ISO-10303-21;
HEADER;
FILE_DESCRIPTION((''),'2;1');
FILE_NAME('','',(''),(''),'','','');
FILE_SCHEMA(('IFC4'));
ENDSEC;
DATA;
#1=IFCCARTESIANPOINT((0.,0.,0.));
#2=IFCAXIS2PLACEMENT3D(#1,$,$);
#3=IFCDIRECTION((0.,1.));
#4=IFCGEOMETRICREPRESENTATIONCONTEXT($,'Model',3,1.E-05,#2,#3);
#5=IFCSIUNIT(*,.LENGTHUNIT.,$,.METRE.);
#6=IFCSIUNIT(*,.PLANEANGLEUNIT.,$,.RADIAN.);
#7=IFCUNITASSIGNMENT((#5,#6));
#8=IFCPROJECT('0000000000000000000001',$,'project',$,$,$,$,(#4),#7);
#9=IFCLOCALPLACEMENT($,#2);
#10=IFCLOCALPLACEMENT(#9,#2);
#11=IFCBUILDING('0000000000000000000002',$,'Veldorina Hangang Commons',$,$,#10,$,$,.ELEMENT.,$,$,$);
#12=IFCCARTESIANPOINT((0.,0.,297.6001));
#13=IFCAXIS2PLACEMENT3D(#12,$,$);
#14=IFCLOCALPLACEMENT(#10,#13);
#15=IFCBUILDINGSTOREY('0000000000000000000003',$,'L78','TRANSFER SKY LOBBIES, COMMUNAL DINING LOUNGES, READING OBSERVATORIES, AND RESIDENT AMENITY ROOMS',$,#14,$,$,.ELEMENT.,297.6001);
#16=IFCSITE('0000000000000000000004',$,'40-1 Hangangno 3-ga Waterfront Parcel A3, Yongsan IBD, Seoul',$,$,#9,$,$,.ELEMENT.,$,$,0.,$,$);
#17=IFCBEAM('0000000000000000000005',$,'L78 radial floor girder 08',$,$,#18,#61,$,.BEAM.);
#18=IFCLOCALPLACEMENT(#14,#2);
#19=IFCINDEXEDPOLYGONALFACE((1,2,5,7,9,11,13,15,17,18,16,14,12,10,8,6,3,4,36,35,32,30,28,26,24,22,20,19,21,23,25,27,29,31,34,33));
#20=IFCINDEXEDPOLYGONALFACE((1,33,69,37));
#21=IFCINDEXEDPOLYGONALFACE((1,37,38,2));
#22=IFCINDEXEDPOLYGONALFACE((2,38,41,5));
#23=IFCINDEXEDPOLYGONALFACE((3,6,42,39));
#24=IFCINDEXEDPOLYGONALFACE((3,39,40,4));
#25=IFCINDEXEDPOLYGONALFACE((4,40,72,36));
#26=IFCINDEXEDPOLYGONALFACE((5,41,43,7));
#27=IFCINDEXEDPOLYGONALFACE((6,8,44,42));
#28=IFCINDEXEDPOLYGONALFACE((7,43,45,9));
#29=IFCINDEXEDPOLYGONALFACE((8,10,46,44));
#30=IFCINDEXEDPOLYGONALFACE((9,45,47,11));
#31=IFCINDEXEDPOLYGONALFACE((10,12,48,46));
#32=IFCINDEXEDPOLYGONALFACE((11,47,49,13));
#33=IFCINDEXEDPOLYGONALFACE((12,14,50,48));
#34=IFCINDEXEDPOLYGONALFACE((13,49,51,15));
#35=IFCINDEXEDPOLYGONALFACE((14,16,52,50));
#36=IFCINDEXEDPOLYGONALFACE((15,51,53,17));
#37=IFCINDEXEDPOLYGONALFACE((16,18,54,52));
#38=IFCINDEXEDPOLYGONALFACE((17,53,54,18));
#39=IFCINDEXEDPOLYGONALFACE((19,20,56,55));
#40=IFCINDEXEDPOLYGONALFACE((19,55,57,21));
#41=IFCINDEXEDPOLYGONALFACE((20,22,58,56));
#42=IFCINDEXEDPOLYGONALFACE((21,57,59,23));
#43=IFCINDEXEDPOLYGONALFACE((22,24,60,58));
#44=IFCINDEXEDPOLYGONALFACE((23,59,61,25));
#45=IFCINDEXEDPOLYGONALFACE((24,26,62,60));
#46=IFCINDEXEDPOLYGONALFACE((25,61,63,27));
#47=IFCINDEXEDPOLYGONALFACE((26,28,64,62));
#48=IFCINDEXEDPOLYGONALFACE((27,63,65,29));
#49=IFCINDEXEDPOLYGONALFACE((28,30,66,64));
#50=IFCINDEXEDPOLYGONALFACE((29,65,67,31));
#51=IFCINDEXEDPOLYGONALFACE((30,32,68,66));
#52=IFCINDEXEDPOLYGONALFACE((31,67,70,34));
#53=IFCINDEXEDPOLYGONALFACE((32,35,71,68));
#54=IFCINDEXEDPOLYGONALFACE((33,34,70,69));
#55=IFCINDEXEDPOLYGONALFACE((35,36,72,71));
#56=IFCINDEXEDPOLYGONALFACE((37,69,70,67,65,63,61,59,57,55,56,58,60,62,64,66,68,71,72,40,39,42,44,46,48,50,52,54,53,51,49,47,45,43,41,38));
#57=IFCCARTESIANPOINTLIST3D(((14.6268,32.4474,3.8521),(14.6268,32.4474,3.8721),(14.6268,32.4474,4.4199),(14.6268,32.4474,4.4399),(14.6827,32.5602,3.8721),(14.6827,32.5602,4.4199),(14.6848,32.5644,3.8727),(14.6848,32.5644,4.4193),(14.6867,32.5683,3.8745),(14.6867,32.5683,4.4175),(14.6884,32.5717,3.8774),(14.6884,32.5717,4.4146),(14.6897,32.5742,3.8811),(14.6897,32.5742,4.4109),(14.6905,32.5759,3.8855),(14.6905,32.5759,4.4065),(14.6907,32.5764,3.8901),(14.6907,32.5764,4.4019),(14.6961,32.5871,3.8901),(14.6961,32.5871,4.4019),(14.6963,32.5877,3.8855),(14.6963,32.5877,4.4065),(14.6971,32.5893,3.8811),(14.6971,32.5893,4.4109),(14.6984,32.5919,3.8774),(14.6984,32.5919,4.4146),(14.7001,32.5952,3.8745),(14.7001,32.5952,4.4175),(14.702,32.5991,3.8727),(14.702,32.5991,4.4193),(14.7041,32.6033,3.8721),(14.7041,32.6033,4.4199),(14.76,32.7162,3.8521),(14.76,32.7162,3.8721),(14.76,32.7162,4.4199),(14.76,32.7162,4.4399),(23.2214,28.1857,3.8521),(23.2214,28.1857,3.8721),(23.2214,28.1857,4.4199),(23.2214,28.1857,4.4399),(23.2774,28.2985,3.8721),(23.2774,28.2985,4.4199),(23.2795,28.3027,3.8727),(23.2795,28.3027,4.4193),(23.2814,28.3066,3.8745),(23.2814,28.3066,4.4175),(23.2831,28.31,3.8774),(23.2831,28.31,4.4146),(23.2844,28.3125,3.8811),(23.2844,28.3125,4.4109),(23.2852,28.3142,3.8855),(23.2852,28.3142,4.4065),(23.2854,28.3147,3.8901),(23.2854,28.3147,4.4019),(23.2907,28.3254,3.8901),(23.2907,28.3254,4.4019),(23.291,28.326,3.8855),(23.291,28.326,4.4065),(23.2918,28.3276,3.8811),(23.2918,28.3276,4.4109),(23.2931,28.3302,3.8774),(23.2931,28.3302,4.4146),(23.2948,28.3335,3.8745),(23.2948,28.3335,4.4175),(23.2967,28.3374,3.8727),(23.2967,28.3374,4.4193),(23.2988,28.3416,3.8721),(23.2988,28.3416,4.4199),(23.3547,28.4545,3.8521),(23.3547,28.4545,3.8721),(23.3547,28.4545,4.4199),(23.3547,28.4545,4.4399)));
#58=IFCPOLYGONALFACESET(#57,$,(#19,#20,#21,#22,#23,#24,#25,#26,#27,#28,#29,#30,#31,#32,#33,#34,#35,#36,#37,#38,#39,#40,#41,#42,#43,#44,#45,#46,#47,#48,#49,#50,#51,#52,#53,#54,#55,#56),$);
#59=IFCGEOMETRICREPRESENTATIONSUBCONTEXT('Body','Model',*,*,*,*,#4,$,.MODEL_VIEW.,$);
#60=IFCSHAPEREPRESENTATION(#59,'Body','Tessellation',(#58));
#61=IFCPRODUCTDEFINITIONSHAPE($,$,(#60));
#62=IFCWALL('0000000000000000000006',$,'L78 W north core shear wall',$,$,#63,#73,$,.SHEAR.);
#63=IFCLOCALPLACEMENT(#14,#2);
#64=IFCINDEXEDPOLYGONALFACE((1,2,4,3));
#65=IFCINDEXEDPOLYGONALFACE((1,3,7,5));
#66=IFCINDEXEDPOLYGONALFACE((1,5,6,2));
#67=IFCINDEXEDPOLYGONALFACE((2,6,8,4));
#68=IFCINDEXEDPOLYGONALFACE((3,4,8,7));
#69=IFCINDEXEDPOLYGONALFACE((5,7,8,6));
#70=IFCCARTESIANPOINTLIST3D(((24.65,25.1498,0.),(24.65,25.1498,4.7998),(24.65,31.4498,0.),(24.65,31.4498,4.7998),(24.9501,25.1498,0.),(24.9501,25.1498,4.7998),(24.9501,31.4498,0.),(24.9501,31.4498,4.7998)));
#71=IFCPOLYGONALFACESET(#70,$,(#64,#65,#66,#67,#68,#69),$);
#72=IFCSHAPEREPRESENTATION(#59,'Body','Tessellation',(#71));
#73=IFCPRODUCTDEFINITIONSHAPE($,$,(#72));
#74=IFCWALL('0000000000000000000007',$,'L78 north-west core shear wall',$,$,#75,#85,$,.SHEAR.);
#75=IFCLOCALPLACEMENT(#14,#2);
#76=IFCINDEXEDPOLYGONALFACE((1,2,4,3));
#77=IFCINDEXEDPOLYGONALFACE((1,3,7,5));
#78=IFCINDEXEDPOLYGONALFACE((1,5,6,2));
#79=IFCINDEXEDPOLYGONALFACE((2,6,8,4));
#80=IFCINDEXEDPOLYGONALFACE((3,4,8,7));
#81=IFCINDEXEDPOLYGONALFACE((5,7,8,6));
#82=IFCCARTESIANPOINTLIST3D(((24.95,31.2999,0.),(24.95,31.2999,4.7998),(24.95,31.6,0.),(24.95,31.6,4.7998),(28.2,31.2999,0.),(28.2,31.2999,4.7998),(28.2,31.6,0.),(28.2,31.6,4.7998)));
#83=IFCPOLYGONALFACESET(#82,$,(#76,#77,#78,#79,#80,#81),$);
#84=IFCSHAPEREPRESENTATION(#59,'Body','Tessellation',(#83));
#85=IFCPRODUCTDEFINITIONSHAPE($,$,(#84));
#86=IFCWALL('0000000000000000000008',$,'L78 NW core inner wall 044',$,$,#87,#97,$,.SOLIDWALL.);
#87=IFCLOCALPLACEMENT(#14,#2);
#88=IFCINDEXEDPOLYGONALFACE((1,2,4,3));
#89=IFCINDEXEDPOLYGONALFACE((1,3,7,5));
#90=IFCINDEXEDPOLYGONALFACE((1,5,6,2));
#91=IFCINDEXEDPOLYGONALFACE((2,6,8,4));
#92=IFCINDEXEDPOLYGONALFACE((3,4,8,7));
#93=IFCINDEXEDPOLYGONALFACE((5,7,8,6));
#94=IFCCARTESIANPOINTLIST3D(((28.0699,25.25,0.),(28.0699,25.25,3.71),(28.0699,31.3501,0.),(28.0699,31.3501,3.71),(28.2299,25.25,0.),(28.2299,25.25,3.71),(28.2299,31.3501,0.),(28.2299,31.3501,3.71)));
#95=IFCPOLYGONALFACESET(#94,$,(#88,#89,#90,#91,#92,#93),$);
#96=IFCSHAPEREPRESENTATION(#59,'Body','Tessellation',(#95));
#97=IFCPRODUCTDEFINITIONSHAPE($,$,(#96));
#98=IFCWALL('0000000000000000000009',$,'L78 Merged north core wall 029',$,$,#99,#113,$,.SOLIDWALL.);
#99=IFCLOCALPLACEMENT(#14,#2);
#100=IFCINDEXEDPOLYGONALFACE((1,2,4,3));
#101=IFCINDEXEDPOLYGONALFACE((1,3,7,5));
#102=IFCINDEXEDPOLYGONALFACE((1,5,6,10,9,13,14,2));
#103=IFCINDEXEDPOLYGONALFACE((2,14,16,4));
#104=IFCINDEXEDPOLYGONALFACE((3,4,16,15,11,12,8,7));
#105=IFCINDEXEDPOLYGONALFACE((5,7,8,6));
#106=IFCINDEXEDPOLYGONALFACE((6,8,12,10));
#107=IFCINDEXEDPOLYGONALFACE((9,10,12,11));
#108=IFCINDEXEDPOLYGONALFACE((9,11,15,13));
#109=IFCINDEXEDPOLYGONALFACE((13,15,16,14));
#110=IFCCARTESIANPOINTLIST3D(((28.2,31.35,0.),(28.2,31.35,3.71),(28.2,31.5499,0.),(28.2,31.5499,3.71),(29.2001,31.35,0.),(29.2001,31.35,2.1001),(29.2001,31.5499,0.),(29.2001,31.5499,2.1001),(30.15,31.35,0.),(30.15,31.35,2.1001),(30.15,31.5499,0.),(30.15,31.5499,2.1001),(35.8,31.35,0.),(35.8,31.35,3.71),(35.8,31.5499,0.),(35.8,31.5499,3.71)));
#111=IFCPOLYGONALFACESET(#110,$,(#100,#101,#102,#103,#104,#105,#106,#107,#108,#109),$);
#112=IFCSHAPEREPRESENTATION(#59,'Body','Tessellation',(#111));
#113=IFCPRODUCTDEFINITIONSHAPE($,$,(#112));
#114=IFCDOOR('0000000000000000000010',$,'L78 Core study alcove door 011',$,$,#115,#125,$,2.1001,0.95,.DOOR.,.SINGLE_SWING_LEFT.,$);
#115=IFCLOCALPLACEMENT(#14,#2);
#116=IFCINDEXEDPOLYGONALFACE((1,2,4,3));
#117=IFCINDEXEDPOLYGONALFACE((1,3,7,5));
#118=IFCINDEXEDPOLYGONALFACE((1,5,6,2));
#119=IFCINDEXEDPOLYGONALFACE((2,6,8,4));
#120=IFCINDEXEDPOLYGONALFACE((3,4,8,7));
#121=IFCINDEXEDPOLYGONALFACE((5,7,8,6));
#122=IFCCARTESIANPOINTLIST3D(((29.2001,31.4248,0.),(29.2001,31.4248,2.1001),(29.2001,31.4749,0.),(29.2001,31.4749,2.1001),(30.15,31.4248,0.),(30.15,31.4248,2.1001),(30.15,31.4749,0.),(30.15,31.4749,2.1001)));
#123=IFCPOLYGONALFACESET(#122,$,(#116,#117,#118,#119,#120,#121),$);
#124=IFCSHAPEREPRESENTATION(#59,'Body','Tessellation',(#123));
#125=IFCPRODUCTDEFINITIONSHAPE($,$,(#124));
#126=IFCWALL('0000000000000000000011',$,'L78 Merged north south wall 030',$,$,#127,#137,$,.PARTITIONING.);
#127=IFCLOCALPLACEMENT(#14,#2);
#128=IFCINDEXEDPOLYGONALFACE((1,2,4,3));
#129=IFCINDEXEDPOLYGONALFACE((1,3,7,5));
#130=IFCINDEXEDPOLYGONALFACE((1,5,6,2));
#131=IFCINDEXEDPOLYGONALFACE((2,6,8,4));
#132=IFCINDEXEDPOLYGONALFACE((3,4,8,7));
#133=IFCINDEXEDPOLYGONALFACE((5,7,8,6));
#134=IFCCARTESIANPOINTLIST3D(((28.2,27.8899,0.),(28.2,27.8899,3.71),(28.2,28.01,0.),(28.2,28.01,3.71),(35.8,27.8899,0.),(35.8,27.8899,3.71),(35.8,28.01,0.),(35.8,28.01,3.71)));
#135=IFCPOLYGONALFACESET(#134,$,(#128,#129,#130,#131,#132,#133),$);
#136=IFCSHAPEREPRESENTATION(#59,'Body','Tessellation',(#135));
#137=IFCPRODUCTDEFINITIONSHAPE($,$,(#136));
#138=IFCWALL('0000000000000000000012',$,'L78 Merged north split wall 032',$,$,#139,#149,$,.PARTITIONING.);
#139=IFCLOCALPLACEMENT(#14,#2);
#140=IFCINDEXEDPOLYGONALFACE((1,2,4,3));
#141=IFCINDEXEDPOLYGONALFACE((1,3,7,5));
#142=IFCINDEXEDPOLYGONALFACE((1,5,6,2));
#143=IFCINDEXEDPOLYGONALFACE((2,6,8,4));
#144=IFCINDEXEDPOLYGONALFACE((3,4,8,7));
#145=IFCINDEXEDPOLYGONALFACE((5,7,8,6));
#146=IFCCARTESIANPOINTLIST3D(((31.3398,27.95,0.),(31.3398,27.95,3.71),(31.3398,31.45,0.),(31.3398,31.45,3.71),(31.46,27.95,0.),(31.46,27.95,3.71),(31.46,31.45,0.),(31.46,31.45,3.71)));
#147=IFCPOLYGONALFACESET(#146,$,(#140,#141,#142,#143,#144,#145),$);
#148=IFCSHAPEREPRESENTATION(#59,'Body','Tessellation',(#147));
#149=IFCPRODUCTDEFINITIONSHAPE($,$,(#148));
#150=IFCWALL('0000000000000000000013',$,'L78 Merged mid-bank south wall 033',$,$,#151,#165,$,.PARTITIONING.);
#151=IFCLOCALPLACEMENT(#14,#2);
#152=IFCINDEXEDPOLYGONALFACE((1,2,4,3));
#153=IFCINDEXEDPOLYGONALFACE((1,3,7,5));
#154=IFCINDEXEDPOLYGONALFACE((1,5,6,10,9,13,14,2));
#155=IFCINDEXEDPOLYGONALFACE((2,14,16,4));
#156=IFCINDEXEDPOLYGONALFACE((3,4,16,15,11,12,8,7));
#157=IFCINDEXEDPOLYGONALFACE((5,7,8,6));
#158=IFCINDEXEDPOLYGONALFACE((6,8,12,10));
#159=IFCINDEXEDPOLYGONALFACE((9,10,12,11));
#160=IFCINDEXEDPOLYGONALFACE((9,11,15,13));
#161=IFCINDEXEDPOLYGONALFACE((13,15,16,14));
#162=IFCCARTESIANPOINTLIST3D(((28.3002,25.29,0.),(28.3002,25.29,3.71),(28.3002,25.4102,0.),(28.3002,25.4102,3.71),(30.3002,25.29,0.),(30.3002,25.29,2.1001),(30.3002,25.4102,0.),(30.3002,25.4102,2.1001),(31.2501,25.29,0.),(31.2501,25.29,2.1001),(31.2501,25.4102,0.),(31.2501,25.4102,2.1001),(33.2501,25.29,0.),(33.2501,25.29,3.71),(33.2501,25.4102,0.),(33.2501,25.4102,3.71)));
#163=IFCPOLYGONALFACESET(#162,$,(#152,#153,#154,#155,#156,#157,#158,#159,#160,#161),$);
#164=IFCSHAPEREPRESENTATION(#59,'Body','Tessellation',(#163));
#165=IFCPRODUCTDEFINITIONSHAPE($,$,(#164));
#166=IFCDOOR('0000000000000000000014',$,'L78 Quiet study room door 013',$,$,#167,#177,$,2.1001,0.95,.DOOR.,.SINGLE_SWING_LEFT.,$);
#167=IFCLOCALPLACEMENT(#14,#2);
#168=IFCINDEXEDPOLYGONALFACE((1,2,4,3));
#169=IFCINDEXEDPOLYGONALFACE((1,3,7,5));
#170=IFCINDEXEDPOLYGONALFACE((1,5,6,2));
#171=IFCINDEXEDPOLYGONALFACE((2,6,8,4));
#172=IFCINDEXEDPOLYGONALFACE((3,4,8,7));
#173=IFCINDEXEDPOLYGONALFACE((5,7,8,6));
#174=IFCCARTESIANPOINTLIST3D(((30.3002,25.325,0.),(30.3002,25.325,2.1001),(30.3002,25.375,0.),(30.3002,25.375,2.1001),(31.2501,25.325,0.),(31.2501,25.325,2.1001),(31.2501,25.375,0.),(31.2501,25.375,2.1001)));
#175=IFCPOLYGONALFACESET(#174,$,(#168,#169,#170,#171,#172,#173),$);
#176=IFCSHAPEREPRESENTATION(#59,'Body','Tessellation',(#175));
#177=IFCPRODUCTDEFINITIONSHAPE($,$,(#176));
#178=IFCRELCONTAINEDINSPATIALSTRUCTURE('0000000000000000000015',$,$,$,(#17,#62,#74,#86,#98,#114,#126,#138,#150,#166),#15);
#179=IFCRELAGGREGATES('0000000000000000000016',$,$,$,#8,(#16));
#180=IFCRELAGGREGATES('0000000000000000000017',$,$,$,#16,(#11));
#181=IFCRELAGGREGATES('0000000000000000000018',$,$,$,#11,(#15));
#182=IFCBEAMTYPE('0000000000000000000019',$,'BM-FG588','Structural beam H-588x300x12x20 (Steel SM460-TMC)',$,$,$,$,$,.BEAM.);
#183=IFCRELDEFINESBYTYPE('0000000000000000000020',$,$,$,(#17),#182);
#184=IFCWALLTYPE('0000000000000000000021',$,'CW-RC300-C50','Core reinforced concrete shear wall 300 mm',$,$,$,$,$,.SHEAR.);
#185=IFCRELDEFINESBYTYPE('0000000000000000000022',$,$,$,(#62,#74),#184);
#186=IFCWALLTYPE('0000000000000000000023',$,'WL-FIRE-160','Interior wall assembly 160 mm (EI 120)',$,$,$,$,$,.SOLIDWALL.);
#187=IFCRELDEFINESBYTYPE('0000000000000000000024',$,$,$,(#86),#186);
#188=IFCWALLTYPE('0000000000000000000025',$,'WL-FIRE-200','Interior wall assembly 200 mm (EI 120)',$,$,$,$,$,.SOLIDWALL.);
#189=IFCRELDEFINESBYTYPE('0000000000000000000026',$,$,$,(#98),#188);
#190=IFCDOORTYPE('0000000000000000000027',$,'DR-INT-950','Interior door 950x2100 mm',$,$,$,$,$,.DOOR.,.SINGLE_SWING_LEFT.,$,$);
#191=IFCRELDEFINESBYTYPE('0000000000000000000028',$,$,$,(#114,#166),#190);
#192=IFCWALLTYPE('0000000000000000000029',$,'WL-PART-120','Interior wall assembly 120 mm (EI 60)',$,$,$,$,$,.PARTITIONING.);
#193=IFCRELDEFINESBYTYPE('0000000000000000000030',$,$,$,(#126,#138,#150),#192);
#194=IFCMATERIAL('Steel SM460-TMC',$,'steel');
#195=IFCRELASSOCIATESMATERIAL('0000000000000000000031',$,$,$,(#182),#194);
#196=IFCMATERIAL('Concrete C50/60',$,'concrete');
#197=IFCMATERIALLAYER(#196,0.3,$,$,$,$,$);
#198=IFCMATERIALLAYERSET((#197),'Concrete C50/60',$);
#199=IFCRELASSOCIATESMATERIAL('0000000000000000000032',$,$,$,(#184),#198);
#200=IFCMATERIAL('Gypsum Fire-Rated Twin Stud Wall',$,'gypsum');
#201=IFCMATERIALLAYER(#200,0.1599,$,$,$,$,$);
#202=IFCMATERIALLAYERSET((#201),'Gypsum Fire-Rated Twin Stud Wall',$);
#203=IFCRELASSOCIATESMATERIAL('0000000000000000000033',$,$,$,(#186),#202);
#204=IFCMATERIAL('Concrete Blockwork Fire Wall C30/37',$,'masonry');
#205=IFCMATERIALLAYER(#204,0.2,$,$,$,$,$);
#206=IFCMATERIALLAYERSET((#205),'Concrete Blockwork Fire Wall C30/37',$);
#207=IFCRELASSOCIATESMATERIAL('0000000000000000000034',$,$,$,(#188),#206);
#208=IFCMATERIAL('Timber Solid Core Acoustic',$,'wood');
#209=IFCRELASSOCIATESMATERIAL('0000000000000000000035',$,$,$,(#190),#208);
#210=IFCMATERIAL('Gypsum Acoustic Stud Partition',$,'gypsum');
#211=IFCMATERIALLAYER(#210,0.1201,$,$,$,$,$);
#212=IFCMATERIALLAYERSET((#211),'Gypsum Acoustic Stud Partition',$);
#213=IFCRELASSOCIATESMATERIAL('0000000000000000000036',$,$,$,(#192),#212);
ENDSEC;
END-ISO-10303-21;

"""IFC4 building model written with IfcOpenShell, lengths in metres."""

from ifc_helpers import new_model, si_unit, direction, frame, frame_2d, origin, origin_2d, place, context, subcontext, project, spatial, rectangle, i_section, extrude, material, layer, layer_set, material_profile, profile_set, type_object, element, fill, save


model = new_model("IFC4")

# Units and contexts
model_context = context("Model", 3, precision=1e-05, world=origin(), true_north=direction((0.0, 1.0)))
body_context = subcontext(model_context, "Body", "Model", "MODEL_VIEW")
ifc_project = project(units=[si_unit("LENGTHUNIT", "METRE"), si_unit("PLANEANGLEUNIT", "RADIAN")], contexts=[model_context])

# Site, building, storey
site_placement = place(None, origin())
site = spatial("IfcSite", under=ifc_project, at=site_placement, Name="40-1 Hangangno 3-ga Waterfront Parcel A3, Yongsan IBD, Seoul", CompositionType="ELEMENT", RefElevation=0.0)
building_placement = place(site_placement, origin())
building = spatial("IfcBuilding", under=site, at=building_placement, Name="Veldorina Hangang Commons", CompositionType="ELEMENT")
storey_placement = place(building_placement, frame((0.0, 0.0, 297.6001)))
storey = spatial("IfcBuildingStorey", under=building, at=storey_placement, Name="L78", Description="TRANSFER SKY LOBBIES, COMMUNAL DINING LOUNGES, READING OBSERVATORIES, AND RESIDENT AMENITY ROOMS", CompositionType="ELEMENT", Elevation=297.6001)

# Beam
ifc_material_1 = material(Name="Concrete C50/60", Category="concrete")
ifc_material_2 = material(Name="Steel SM460-TMC", Category="steel")
ifc_material_profile_1 = material_profile(ifc_material_2, i_section(OverallWidth=0.3, OverallDepth=0.5879, WebThickness=0.012, FlangeThickness=0.02, FilletRadius=0.0181, at=origin_2d()), Name="H-588x300x12x20")
ifc_profile_set_1 = profile_set([ifc_material_profile_1], Name="Steel SM460-TMC")
beam_type_1 = type_object("IfcBeamType", Name="BM-FG588", Description="Structural beam H-588x300x12x20 (Steel SM460-TMC)", PredefinedType="BEAM", material=ifc_profile_set_1)
beam_1_placement = place(storey_placement, frame((23.2881, 28.3201, 4.146), z_axis=(-0.895908, 0.444239, 0.0), x_axis=(-0.444239, -0.895908, 0.0)))
element("IfcBeam", 1, at=beam_1_placement, inside=storey, type_object=beam_type_1, Name="L78 radial floor girder 08", PredefinedType="BEAM", context=body_context, shape_type="SweptSolid", body=[
    extrude(i_section(OverallWidth=0.3, OverallDepth=0.5879, WebThickness=0.012, FlangeThickness=0.02, FilletRadius=0.0181, at=origin_2d()), origin(), (0.0, 0.0, 1.0), 9.5933),
])

# Walls
ifc_layer_1 = layer(ifc_material_1, 0.3)
ifc_layer_set_1 = layer_set([ifc_layer_1], Name="Concrete C50/60")
wall_type_1 = type_object("IfcWallType", Name="CW-RC300-C50", Description="Core reinforced concrete shear wall 300 mm", PredefinedType="SHEAR", material=ifc_layer_set_1)
wall_1_placement = place(storey_placement, frame((24.8, 25.1499, 0.0), z_axis=(0.0, 0.0, 1.0), x_axis=(0.0, 1.0, 0.0)))
element("IfcWall", 2, at=wall_1_placement, inside=storey, type_object=wall_type_1, Name="L78 W north core shear wall", PredefinedType="SHEAR", context=body_context, shape_type="SweptSolid", body=[
    extrude(rectangle(XDim=6.3, YDim=0.3, at=frame_2d((3.1499, 0.0))), origin(), (0.0, 0.0, 1.0), 4.7998),
])
wall_2_placement = place(storey_placement, frame((24.95, 31.45, 0.0), z_axis=(0.0, 0.0, 1.0), x_axis=(1.0, 0.0, 0.0)))
element("IfcWall", 3, at=wall_2_placement, inside=storey, type_object=wall_type_1, Name="L78 north-west core shear wall", PredefinedType="SHEAR", context=body_context, shape_type="SweptSolid", body=[
    extrude(rectangle(XDim=3.25, YDim=0.3, at=frame_2d((1.625, 0.0))), origin(), (0.0, 0.0, 1.0), 4.7998),
])

# Shared definitions
ifc_material_3 = material(Name="Gypsum Fire-Rated Twin Stud Wall", Category="gypsum")
ifc_layer_2 = layer(ifc_material_3, 0.1599)
ifc_layer_set_2 = layer_set([ifc_layer_2], Name="Gypsum Fire-Rated Twin Stud Wall")
wall_type_2 = type_object("IfcWallType", Name="WL-FIRE-160", Description="Interior wall assembly 160 mm (EI 120)", PredefinedType="SOLIDWALL", material=ifc_layer_set_2)

# Wall
wall_3_placement = place(storey_placement, frame((28.1499, 25.25, 0.0), z_axis=(0.0, 0.0, 1.0), x_axis=(0.0, 1.0, 0.0)))
element("IfcWall", 4, at=wall_3_placement, inside=storey, type_object=wall_type_2, Name="L78 NW core inner wall 044", PredefinedType="SOLIDWALL", context=body_context, shape_type="SweptSolid", body=[
    extrude(rectangle(XDim=6.1001, YDim=0.1599, at=frame_2d((3.05, 0.0))), origin(), (0.0, 0.0, 1.0), 3.71),
])

# Wall, opening, door
ifc_material_4 = material(Name="Concrete Blockwork Fire Wall C30/37", Category="masonry")
ifc_layer_3 = layer(ifc_material_4, 0.2)
ifc_layer_set_3 = layer_set([ifc_layer_3], Name="Concrete Blockwork Fire Wall C30/37")
wall_type_3 = type_object("IfcWallType", Name="WL-FIRE-200", Description="Interior wall assembly 200 mm (EI 120)", PredefinedType="SOLIDWALL", material=ifc_layer_set_3)
wall_4_placement = place(storey_placement, frame((28.2, 31.45, 0.0), z_axis=(0.0, 0.0, 1.0), x_axis=(1.0, 0.0, 0.0)))
wall_4 = element("IfcWall", 5, at=wall_4_placement, inside=storey, type_object=wall_type_3, Name="L78 Merged north core wall 029", PredefinedType="SOLIDWALL", context=body_context, shape_type="SweptSolid", body=[
    extrude(rectangle(XDim=7.6001, YDim=0.2, at=frame_2d((3.8, 0.0))), origin(), (0.0, 0.0, 1.0), 3.71),
])
opening_1_placement = place(wall_4_placement, frame((1.0, 0.0, 0.0)))
opening_1 = element("IfcOpeningElement", 6, at=opening_1_placement, cuts=wall_4, PredefinedType="OPENING", context=body_context, shape_type="SweptSolid", body=[
    extrude(rectangle(XDim=0.95, YDim=2.1001, at=frame_2d((0.4751, 1.05))), frame((0.0, 0.1099, 0.0), z_axis=(0.0, -1.0, 0.0), x_axis=(1.0, 0.0, 0.0)), (0.0, 0.0, 1.0), 0.22),
])
ifc_material_5 = material(Name="Timber Solid Core Acoustic", Category="wood")
door_type_1 = type_object("IfcDoorType", Name="DR-INT-950", Description="Interior door 950x2100 mm", OperationType="SINGLE_SWING_LEFT", PredefinedType="DOOR", material=ifc_material_5)
door_1_placement = place(opening_1_placement, origin())
door_1 = element("IfcDoor", 7, at=door_1_placement, inside=storey, type_object=door_type_1, Name="L78 Core study alcove door 011", OperationType="SINGLE_SWING_LEFT", OverallHeight=2.1001, OverallWidth=0.95, PredefinedType="DOOR", context=body_context, shape_type="SweptSolid", body=[
    extrude(rectangle(XDim=0.95, YDim=2.1001, at=frame_2d((0.4751, 1.05))), frame((0.0, 0.0249, 0.0), z_axis=(0.0, -1.0, 0.0), x_axis=(1.0, 0.0, 0.0)), (0.0, 0.0, 1.0), 0.05),
])
fill(opening_1, door_1)

# Walls
ifc_material_6 = material(Name="Gypsum Acoustic Stud Partition", Category="gypsum")
ifc_layer_4 = layer(ifc_material_6, 0.1201)
ifc_layer_set_4 = layer_set([ifc_layer_4], Name="Gypsum Acoustic Stud Partition")
wall_type_4 = type_object("IfcWallType", Name="WL-PART-120", Description="Interior wall assembly 120 mm (EI 60)", PredefinedType="PARTITIONING", material=ifc_layer_set_4)
wall_5_placement = place(storey_placement, frame((28.2, 27.95, 0.0), z_axis=(0.0, 0.0, 1.0), x_axis=(1.0, 0.0, 0.0)))
element("IfcWall", 8, at=wall_5_placement, inside=storey, type_object=wall_type_4, Name="L78 Merged north south wall 030", PredefinedType="PARTITIONING", context=body_context, shape_type="SweptSolid", body=[
    extrude(rectangle(XDim=7.6001, YDim=0.1201, at=frame_2d((3.8, 0.0))), origin(), (0.0, 0.0, 1.0), 3.71),
])
wall_6_placement = place(storey_placement, frame((31.3999, 27.95, 0.0), z_axis=(0.0, 0.0, 1.0), x_axis=(0.0, 1.0, 0.0)))
element("IfcWall", 9, at=wall_6_placement, inside=storey, type_object=wall_type_4, Name="L78 Merged north split wall 032", PredefinedType="PARTITIONING", context=body_context, shape_type="SweptSolid", body=[
    extrude(rectangle(XDim=3.5, YDim=0.1201, at=frame_2d((1.75, 0.0))), origin(), (0.0, 0.0, 1.0), 3.71),
])

# Wall, opening, door
wall_7_placement = place(storey_placement, frame((28.3, 25.3501, 0.0), z_axis=(0.0, 0.0, 1.0), x_axis=(1.0, 0.0, 0.0)))
wall_7 = element("IfcWall", 10, at=wall_7_placement, inside=storey, type_object=wall_type_4, Name="L78 Merged mid-bank south wall 033", PredefinedType="PARTITIONING", context=body_context, shape_type="SweptSolid", body=[
    extrude(rectangle(XDim=4.95, YDim=0.1201, at=frame_2d((2.4751, 0.0))), origin(), (0.0, 0.0, 1.0), 3.71),
])
opening_2_placement = place(wall_7_placement, frame((2.0, 0.0, 0.0)))
opening_2 = element("IfcOpeningElement", 11, at=opening_2_placement, cuts=wall_7, PredefinedType="OPENING", context=body_context, shape_type="SweptSolid", body=[
    extrude(rectangle(XDim=0.95, YDim=2.1001, at=frame_2d((0.4751, 1.05))), frame((0.0, 0.0701, 0.0), z_axis=(0.0, -1.0, 0.0), x_axis=(1.0, 0.0, 0.0)), (0.0, 0.0, 1.0), 0.1401),
])
door_2_placement = place(opening_2_placement, origin())
door_2 = element("IfcDoor", 12, at=door_2_placement, inside=storey, type_object=door_type_1, Name="L78 Quiet study room door 013", OperationType="SINGLE_SWING_LEFT", OverallHeight=2.1001, OverallWidth=0.95, PredefinedType="DOOR", context=body_context, shape_type="SweptSolid", body=[
    extrude(rectangle(XDim=0.95, YDim=2.1001, at=frame_2d((0.4751, 1.05))), frame((0.0, 0.0249, 0.0), z_axis=(0.0, -1.0, 0.0), x_axis=(1.0, 0.0, 0.0)), (0.0, 0.0, 1.0), 0.05),
])
fill(opening_2, door_2)

save(model, "model.ifc")
